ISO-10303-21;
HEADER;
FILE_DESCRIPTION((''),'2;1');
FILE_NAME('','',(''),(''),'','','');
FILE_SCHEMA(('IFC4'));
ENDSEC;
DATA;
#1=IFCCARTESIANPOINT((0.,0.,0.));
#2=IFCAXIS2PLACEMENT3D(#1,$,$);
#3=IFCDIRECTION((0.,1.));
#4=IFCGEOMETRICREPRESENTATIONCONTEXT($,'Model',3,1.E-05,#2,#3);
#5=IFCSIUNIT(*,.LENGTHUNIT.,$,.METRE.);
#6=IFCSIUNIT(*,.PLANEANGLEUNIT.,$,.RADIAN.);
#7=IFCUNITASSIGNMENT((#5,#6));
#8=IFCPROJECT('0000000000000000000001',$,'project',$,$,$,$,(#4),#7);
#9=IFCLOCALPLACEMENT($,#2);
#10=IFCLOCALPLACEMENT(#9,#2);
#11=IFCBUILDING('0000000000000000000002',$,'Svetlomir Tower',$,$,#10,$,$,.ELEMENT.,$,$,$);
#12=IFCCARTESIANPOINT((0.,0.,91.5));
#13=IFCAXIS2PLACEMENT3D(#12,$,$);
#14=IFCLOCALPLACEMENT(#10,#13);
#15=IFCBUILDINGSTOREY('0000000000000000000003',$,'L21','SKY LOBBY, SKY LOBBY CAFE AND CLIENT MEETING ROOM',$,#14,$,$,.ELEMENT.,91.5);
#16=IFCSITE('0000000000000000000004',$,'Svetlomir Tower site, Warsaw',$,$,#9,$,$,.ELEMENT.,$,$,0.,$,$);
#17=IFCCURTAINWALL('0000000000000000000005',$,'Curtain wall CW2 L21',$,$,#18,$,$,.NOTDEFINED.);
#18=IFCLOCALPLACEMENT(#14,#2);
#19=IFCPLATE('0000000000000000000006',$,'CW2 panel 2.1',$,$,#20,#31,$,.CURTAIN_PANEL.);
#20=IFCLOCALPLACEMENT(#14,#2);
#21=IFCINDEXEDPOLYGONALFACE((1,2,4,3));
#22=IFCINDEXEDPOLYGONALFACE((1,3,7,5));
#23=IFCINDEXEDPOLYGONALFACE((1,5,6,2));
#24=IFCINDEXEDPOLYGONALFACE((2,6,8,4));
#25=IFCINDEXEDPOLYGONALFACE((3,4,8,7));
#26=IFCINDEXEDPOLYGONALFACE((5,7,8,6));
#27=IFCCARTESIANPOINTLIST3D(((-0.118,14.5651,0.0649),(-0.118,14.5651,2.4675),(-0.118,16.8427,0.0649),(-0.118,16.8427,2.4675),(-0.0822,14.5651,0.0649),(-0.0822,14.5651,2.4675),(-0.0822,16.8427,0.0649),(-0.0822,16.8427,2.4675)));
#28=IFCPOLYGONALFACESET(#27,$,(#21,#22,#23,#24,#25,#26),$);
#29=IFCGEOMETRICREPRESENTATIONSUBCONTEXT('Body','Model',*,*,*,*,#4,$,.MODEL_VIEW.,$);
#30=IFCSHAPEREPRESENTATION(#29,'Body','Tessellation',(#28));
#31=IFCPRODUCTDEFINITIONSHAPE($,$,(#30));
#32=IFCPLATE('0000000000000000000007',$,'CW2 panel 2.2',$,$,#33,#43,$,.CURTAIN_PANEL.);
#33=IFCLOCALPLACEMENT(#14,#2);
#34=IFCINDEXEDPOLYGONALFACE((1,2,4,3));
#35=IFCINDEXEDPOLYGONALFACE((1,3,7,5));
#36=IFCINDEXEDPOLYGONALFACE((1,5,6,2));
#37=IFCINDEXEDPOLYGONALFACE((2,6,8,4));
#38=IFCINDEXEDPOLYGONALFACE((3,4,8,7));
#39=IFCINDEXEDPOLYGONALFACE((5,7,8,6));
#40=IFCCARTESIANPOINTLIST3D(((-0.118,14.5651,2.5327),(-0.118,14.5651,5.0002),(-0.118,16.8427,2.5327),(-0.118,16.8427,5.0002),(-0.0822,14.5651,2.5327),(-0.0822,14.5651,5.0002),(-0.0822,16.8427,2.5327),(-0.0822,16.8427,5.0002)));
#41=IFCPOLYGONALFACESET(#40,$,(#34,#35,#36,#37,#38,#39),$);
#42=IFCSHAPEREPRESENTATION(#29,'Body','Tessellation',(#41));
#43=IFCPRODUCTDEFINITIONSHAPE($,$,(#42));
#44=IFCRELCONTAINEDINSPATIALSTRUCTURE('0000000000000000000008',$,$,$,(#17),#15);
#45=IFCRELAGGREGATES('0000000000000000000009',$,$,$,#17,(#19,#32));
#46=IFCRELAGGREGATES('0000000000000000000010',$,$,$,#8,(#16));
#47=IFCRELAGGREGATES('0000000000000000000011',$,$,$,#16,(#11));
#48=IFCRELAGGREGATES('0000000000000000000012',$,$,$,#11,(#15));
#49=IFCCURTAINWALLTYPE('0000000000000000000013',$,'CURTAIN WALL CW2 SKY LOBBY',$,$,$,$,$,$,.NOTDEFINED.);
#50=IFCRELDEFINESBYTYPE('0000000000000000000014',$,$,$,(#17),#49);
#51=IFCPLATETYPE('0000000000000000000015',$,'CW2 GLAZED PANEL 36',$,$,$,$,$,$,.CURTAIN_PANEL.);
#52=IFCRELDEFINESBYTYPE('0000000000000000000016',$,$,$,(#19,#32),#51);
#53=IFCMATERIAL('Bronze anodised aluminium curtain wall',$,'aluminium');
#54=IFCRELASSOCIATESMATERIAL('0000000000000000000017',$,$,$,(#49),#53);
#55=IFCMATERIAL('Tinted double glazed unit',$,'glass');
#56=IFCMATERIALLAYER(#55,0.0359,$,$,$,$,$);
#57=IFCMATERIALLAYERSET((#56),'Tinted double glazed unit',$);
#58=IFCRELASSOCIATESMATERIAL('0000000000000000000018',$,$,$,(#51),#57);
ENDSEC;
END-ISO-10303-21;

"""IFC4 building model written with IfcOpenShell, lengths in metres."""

from ifc_helpers import new_model, si_unit, direction, frame, origin, origin_2d, place, context, subcontext, project, spatial, rectangle, extrude, material, layer, layer_set, type_object, element, aggregate, save


model = new_model("IFC4")

# Units and contexts
model_context = context("Model", 3, precision=1e-05, world=origin(), true_north=direction((0.0, 1.0)))
body_context = subcontext(model_context, "Body", "Model", "MODEL_VIEW")
ifc_project = project(units=[si_unit("LENGTHUNIT", "METRE"), si_unit("PLANEANGLEUNIT", "RADIAN")], contexts=[model_context])

# Site, building, storey
site_placement = place(None, origin())
site = spatial("IfcSite", under=ifc_project, at=site_placement, Name="Svetlomir Tower site, Warsaw", CompositionType="ELEMENT", RefElevation=0.0)
building_placement = place(site_placement, origin())
building = spatial("IfcBuilding", under=site, at=building_placement, Name="Svetlomir Tower", CompositionType="ELEMENT")
storey_placement = place(building_placement, frame((0.0, 0.0, 91.5)))
storey = spatial("IfcBuildingStorey", under=building, at=storey_placement, Name="L21", Description="SKY LOBBY, SKY LOBBY CAFE AND CLIENT MEETING ROOM", CompositionType="ELEMENT", Elevation=91.5)

# Curtain wall
ifc_material_1 = material(Name="Bronze anodised aluminium curtain wall", Category="aluminium")
curtain_wall_type = type_object("IfcCurtainWallType", Name="CURTAIN WALL CW2 SKY LOBBY", PredefinedType="NOTDEFINED", material=ifc_material_1)
curtain_wall_1_placement = place(storey_placement, origin())
curtain_wall_1 = element("IfcCurtainWall", 1, at=curtain_wall_1_placement, inside=storey, type_object=curtain_wall_type, Name="Curtain wall CW2 L21", PredefinedType="NOTDEFINED")

# Plates
ifc_material_2 = material(Name="Tinted double glazed unit", Category="glass")
ifc_layer = layer(ifc_material_2, 0.0359)
ifc_layer_set = layer_set([ifc_layer], Name="Tinted double glazed unit")
plate_type = type_object("IfcPlateType", Name="CW2 GLAZED PANEL 36", PredefinedType="CURTAIN_PANEL", material=ifc_layer_set)
plate_1_placement = place(storey_placement, frame((-0.1001, 15.7039, 0.0649), z_axis=(0.0, 0.0, 1.0), x_axis=(0.0, -1.0, 0.0)))
plate_1 = element("IfcPlate", 2, at=plate_1_placement, type_object=plate_type, Name="CW2 panel 2.1", PredefinedType="CURTAIN_PANEL", context=body_context, shape_type="SweptSolid", body=[
    extrude(rectangle(XDim=2.2776, YDim=0.0359, at=origin_2d()), origin(), (0.0, 0.0, 1.0), 2.4026),
])
plate_2_placement = place(storey_placement, frame((-0.1001, 15.7039, 2.5327), z_axis=(0.0, 0.0, 1.0), x_axis=(0.0, -1.0, 0.0)))
plate_2 = element("IfcPlate", 3, at=plate_2_placement, type_object=plate_type, Name="CW2 panel 2.2", PredefinedType="CURTAIN_PANEL", context=body_context, shape_type="SweptSolid", body=[
    extrude(rectangle(XDim=2.2776, YDim=0.0359, at=origin_2d()), origin(), (0.0, 0.0, 1.0), 2.4675),
])
aggregate(curtain_wall_1, [plate_1, plate_2])

save(model, "model.ifc")
